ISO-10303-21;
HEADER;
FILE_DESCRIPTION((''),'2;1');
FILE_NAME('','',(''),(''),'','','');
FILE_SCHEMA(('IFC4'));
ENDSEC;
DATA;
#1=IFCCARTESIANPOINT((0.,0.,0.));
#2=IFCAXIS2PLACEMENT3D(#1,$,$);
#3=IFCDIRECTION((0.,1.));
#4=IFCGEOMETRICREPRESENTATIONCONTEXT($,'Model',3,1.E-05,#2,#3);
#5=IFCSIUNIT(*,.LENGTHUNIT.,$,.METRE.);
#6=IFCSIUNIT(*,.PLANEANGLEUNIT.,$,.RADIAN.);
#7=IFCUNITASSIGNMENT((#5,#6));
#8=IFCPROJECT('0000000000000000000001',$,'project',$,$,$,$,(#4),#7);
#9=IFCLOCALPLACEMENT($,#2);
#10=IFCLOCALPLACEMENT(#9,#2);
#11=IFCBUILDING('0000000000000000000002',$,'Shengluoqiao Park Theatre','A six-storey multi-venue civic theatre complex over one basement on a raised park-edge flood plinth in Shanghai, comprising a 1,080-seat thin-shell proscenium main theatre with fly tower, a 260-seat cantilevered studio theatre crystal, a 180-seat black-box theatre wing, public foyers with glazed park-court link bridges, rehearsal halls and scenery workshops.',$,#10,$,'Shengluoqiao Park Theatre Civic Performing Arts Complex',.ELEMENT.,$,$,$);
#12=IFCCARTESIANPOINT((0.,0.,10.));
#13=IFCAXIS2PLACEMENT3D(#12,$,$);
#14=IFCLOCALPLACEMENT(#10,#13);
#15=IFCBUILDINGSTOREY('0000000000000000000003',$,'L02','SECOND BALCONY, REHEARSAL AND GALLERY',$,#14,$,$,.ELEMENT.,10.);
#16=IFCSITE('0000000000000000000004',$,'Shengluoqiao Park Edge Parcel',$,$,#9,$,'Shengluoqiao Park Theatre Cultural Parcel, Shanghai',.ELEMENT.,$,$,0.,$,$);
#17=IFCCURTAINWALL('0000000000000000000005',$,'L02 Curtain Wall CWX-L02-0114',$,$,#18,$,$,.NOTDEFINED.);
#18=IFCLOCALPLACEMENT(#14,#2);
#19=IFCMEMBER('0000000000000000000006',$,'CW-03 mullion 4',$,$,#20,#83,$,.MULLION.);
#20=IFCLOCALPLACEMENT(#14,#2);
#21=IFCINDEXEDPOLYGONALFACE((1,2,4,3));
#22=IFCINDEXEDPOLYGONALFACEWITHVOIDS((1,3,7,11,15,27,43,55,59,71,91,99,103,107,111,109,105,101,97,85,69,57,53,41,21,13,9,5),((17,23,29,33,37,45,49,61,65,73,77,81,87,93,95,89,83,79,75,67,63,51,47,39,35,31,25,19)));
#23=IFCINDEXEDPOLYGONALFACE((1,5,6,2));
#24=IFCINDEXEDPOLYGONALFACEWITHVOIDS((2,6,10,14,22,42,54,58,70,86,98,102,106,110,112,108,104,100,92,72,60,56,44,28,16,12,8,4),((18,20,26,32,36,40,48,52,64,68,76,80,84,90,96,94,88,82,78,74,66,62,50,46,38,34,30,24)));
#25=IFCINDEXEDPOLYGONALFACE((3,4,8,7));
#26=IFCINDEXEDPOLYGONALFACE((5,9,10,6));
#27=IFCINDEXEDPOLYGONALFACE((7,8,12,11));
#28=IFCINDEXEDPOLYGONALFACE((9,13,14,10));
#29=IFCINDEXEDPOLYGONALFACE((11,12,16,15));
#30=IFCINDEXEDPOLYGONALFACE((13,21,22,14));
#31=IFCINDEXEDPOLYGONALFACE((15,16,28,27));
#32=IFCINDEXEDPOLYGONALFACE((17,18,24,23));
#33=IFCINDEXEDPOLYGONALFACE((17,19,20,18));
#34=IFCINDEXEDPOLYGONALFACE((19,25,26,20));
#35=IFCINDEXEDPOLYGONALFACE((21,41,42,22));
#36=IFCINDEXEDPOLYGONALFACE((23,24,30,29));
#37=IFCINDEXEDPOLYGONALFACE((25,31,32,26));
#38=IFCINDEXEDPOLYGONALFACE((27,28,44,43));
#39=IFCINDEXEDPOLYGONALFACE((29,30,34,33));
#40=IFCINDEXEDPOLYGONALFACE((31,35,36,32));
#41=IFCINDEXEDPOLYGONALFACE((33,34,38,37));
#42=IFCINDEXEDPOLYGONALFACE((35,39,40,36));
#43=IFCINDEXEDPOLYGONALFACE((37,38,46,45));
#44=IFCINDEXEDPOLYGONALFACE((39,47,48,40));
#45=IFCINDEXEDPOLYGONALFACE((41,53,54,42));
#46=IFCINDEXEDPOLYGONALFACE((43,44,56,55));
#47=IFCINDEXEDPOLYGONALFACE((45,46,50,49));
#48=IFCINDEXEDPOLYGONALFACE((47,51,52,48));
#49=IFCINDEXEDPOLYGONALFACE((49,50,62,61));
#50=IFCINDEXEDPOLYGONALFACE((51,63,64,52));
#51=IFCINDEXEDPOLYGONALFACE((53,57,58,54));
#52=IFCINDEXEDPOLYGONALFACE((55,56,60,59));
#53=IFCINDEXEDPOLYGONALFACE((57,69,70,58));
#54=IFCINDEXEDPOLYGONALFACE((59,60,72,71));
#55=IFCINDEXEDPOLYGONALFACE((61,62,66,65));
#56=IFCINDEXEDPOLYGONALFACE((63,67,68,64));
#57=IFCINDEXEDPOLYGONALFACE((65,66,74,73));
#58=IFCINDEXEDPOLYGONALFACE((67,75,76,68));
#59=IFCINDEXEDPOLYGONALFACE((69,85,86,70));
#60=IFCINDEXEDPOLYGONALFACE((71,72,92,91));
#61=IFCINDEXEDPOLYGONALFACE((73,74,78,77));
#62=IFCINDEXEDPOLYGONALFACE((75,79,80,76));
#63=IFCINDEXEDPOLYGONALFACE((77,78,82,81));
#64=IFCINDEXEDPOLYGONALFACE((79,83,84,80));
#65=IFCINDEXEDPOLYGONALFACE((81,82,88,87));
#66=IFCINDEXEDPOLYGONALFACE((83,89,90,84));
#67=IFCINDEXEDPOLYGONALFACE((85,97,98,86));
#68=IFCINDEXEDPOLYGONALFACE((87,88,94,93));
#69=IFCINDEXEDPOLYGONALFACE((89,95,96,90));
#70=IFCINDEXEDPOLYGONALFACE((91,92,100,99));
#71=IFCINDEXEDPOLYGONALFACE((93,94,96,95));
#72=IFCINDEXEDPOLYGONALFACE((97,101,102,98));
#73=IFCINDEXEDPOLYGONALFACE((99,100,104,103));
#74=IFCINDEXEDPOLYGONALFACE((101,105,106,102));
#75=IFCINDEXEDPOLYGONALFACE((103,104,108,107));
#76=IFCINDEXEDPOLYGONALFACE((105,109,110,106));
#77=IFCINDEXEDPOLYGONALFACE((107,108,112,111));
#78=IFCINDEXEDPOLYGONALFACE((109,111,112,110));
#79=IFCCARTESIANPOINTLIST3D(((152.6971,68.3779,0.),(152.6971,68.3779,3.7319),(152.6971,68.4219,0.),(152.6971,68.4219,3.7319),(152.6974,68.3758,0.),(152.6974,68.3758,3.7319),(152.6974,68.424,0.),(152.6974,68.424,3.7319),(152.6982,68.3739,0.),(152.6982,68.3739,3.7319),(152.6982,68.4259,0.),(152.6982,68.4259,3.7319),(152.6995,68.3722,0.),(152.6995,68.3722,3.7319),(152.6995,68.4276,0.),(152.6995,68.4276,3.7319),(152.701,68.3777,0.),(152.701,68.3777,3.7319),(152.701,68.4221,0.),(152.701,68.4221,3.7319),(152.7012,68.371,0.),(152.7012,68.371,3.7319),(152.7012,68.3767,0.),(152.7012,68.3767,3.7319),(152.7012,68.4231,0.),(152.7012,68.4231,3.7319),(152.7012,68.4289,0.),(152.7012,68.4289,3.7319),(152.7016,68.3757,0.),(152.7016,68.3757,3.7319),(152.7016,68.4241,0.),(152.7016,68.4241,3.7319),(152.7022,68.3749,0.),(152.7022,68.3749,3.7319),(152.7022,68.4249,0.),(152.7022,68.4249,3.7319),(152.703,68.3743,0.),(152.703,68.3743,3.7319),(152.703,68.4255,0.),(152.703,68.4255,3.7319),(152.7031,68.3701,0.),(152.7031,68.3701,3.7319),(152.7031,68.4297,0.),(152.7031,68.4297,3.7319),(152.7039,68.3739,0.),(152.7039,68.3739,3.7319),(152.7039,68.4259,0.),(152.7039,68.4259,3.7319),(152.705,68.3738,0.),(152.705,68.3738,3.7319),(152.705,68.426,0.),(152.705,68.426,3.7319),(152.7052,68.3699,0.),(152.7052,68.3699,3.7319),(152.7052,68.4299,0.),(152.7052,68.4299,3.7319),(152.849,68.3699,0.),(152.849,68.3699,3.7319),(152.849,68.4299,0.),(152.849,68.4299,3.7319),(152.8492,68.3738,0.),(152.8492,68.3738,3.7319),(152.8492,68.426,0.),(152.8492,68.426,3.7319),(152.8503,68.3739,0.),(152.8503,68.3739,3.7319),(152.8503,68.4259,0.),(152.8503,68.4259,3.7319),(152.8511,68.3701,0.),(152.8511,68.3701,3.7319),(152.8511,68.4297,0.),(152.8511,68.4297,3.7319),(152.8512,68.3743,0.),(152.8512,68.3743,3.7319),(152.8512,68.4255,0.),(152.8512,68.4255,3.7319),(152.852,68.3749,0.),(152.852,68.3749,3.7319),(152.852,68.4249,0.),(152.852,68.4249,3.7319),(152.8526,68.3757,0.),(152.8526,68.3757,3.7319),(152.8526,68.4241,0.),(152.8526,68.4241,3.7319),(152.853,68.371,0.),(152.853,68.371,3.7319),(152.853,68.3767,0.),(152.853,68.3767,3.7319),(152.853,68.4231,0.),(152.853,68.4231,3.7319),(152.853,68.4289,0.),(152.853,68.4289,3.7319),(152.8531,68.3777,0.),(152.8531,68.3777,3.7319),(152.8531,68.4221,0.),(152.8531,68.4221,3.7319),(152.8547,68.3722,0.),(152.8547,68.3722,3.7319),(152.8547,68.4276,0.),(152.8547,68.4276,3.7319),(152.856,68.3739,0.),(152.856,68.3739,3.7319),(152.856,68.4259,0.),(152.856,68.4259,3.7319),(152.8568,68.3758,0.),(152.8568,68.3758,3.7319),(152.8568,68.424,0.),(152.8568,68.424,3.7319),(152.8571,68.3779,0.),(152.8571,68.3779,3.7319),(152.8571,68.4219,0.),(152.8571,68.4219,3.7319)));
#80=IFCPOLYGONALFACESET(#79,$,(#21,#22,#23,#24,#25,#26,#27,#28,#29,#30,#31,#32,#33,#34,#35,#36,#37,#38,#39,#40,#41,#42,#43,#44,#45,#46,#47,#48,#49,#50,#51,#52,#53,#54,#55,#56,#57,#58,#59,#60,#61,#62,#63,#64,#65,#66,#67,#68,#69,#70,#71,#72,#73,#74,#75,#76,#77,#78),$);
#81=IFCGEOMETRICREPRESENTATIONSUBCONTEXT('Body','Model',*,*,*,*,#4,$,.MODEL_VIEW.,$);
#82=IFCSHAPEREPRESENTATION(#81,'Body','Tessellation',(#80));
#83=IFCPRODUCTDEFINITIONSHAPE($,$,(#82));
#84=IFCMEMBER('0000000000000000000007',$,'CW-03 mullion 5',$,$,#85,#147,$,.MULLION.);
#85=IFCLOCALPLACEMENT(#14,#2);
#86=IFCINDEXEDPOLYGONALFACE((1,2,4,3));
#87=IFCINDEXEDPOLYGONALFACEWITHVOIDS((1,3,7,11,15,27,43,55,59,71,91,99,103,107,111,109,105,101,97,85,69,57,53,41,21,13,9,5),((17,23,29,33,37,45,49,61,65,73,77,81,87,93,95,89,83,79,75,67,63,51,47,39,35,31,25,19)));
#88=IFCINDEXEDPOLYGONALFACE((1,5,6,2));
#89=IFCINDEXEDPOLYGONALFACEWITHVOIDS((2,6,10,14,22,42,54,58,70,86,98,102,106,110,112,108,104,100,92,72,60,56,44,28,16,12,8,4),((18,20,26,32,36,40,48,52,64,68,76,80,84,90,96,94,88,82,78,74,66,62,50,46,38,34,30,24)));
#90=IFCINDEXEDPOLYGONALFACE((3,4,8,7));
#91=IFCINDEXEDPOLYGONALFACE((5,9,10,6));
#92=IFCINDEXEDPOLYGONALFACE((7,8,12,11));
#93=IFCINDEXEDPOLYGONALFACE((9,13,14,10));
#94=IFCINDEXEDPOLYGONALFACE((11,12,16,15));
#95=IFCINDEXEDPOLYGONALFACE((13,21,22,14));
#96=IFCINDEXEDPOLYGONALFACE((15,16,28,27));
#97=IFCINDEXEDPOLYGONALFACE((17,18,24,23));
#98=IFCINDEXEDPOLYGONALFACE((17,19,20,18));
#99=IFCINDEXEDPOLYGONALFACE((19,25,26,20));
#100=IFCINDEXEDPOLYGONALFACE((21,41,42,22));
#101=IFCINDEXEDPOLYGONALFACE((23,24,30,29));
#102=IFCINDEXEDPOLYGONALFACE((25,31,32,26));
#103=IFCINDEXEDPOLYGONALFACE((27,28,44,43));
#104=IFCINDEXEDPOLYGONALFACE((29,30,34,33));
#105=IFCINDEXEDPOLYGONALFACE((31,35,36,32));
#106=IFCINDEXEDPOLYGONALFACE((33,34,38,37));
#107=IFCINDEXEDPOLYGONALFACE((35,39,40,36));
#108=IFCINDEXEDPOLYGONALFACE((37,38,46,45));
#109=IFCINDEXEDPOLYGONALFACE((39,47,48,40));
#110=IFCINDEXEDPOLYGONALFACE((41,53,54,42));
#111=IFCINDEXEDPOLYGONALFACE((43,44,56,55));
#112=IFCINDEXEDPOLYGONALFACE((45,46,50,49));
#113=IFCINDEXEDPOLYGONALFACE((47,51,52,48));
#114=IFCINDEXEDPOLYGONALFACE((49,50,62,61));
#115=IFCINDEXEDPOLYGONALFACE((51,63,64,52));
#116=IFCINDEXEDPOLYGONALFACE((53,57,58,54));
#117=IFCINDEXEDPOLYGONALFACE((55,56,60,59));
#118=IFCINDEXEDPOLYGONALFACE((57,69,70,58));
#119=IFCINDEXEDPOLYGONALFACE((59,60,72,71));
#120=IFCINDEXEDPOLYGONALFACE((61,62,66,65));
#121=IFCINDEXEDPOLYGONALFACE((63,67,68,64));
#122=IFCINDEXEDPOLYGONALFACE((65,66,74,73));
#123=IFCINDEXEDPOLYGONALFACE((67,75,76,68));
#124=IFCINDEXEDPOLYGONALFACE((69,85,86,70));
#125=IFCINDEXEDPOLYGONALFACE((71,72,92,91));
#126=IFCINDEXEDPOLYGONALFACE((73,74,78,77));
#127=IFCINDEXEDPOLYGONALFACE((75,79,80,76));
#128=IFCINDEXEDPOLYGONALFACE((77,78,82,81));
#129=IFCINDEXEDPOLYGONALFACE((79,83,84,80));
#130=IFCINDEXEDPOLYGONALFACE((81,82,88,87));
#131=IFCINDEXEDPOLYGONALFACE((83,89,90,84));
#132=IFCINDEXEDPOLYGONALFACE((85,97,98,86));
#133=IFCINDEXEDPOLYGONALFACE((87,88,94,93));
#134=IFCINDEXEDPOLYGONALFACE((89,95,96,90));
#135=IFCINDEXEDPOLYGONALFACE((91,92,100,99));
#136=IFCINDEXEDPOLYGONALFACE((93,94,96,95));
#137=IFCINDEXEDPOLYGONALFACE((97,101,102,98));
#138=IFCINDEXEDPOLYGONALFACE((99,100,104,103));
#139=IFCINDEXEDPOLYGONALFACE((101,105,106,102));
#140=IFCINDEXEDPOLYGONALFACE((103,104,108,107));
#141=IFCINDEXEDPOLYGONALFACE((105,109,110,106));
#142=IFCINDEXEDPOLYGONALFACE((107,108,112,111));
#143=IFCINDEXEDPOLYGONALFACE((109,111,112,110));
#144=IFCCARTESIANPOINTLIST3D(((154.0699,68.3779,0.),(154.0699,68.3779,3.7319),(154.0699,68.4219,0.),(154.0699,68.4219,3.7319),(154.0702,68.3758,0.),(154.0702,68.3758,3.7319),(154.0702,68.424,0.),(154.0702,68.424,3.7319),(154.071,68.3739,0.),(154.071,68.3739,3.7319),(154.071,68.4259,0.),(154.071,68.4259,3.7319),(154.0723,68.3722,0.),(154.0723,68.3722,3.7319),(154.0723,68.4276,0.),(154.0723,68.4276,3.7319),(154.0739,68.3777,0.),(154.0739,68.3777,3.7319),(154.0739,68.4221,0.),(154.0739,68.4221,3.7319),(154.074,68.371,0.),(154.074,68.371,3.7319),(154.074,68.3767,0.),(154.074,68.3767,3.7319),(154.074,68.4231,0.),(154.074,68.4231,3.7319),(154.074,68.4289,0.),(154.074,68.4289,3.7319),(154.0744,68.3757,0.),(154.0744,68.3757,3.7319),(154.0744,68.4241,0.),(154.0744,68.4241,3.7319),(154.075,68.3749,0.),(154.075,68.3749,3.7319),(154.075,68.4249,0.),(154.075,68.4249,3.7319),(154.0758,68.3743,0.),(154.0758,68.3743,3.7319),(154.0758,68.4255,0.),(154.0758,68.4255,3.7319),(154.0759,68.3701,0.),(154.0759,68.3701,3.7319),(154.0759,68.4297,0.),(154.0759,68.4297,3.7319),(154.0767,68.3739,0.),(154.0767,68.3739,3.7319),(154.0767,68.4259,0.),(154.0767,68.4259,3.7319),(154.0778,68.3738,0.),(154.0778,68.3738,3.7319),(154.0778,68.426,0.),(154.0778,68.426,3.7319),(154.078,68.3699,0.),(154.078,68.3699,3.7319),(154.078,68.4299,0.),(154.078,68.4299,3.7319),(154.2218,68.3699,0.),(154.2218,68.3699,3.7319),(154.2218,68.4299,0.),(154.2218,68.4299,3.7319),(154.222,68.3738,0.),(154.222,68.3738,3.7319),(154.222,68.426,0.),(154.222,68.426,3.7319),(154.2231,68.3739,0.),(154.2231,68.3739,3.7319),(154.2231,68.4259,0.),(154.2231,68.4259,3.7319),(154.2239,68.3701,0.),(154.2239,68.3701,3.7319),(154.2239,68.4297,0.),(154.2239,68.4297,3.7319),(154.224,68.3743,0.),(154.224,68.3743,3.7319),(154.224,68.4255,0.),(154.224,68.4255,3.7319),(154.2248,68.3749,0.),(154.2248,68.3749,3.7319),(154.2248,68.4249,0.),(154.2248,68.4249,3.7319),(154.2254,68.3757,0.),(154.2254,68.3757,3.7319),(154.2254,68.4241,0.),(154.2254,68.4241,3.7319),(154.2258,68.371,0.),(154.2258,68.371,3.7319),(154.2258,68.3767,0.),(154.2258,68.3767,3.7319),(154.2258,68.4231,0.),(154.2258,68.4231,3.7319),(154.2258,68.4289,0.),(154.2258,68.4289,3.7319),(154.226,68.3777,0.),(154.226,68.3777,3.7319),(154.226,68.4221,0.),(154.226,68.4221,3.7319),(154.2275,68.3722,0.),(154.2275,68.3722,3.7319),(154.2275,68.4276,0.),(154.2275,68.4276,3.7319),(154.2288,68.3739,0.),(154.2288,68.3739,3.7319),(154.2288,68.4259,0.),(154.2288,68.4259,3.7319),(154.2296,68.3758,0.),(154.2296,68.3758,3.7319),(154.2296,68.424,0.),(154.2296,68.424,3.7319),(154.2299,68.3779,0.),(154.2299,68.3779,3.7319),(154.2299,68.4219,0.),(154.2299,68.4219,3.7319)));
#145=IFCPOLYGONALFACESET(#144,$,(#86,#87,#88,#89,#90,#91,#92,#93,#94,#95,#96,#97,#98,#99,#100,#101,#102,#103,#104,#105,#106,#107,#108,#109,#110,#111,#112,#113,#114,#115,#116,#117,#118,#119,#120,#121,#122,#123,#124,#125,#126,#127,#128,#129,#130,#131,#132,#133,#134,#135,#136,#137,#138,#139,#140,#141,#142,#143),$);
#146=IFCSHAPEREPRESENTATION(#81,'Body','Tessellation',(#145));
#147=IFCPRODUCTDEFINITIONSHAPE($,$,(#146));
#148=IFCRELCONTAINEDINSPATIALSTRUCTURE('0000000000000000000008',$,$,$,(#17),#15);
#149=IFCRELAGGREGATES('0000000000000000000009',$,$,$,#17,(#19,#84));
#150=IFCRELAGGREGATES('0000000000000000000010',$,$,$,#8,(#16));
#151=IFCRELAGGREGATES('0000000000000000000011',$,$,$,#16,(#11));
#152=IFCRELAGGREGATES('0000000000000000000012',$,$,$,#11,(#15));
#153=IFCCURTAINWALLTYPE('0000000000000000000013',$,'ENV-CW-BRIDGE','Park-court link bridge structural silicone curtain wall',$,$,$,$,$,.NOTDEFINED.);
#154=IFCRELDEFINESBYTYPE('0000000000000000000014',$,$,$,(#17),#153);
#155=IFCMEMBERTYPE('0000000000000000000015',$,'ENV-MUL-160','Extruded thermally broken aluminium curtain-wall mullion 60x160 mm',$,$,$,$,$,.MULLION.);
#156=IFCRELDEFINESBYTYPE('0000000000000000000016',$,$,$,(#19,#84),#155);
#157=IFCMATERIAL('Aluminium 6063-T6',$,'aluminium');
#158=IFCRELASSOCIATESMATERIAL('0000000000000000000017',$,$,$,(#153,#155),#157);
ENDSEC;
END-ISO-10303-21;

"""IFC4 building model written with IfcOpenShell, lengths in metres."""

from ifc_helpers import new_model, si_unit, direction, frame, origin, origin_2d, place, context, subcontext, project, spatial, hollow_rectangle, extrude, material, material_profile, profile_set, type_object, element, aggregate, save


model = new_model("IFC4")

# Units and contexts
model_context = context("Model", 3, precision=1e-05, world=origin(), true_north=direction((0.0, 1.0)))
body_context = subcontext(model_context, "Body", "Model", "MODEL_VIEW")
ifc_project = project(units=[si_unit("LENGTHUNIT", "METRE"), si_unit("PLANEANGLEUNIT", "RADIAN")], contexts=[model_context])

# Site, building, storey
site_placement = place(None, origin())
site = spatial("IfcSite", under=ifc_project, at=site_placement, Name="Shengluoqiao Park Edge Parcel", LongName="Shengluoqiao Park Theatre Cultural Parcel, Shanghai", CompositionType="ELEMENT", RefElevation=0.0)
building_placement = place(site_placement, origin())
building = spatial("IfcBuilding", under=site, at=building_placement, Name="Shengluoqiao Park Theatre", Description="A six-storey multi-venue civic theatre complex over one basement on a raised park-edge flood plinth in Shanghai, comprising a 1,080-seat thin-shell proscenium main theatre with fly tower, a 260-seat cantilevered studio theatre crystal, a 180-seat black-box theatre wing, public foyers with glazed park-court link bridges, rehearsal halls and scenery workshops.", LongName="Shengluoqiao Park Theatre Civic Performing Arts Complex", CompositionType="ELEMENT")
storey_placement = place(building_placement, frame((0.0, 0.0, 10.0)))
storey = spatial("IfcBuildingStorey", under=building, at=storey_placement, Name="L02", Description="SECOND BALCONY, REHEARSAL AND GALLERY", CompositionType="ELEMENT", Elevation=10.0)

# Curtain wall, members
ifc_material_1 = material(Name="Aluminium 6063-T6", Category="aluminium")
curtain_wall_type = type_object("IfcCurtainWallType", Name="ENV-CW-BRIDGE", Description="Park-court link bridge structural silicone curtain wall", PredefinedType="NOTDEFINED", material=ifc_material_1)
curtain_wall_placement = place(storey_placement, origin())
curtain_wall = element("IfcCurtainWall", 1, at=curtain_wall_placement, inside=storey, type_object=curtain_wall_type, Name="L02 Curtain Wall CWX-L02-0114", PredefinedType="NOTDEFINED")
ifc_material_profile_1 = material_profile(ifc_material_1, hollow_rectangle(XDim=0.0601, YDim=0.1599, WallThickness=0.0039, InnerFilletRadius=0.0039, OuterFilletRadius=0.0081, at=origin_2d()), Name="ALU MULLION 160x60x4")
ifc_profile_set_1 = profile_set([ifc_material_profile_1], Name="Aluminium 6063-T6")
member_type_1 = type_object("IfcMemberType", Name="ENV-MUL-160", Description="Extruded thermally broken aluminium curtain-wall mullion 60x160 mm", PredefinedType="MULLION", material=ifc_profile_set_1)
member_1_placement = place(storey_placement, frame((152.7771, 68.3999, 0.0), z_axis=(0.0, 0.0, 1.0), x_axis=(0.0, 1.0, 0.0)))
member_1 = element("IfcMember", 2, at=member_1_placement, type_object=member_type_1, Name="CW-03 mullion 4", PredefinedType="MULLION", context=body_context, shape_type="SweptSolid", body=[
    extrude(hollow_rectangle(XDim=0.0601, YDim=0.1599, WallThickness=0.0039, InnerFilletRadius=0.0039, OuterFilletRadius=0.0081, at=origin_2d()), origin(), (0.0, 0.0, 1.0), 3.7319),
])
member_2_placement = place(storey_placement, frame((154.1499, 68.3999, 0.0), z_axis=(0.0, 0.0, 1.0), x_axis=(0.0, 1.0, 0.0)))
member_2 = element("IfcMember", 3, at=member_2_placement, type_object=member_type_1, Name="CW-03 mullion 5", PredefinedType="MULLION", context=body_context, shape_type="SweptSolid", body=[
    extrude(hollow_rectangle(XDim=0.0601, YDim=0.1599, WallThickness=0.0039, InnerFilletRadius=0.0039, OuterFilletRadius=0.0081, at=origin_2d()), origin(), (0.0, 0.0, 1.0), 3.7319),
])

aggregate(curtain_wall, [member_1, member_2])

save(model, "model.ifc")
